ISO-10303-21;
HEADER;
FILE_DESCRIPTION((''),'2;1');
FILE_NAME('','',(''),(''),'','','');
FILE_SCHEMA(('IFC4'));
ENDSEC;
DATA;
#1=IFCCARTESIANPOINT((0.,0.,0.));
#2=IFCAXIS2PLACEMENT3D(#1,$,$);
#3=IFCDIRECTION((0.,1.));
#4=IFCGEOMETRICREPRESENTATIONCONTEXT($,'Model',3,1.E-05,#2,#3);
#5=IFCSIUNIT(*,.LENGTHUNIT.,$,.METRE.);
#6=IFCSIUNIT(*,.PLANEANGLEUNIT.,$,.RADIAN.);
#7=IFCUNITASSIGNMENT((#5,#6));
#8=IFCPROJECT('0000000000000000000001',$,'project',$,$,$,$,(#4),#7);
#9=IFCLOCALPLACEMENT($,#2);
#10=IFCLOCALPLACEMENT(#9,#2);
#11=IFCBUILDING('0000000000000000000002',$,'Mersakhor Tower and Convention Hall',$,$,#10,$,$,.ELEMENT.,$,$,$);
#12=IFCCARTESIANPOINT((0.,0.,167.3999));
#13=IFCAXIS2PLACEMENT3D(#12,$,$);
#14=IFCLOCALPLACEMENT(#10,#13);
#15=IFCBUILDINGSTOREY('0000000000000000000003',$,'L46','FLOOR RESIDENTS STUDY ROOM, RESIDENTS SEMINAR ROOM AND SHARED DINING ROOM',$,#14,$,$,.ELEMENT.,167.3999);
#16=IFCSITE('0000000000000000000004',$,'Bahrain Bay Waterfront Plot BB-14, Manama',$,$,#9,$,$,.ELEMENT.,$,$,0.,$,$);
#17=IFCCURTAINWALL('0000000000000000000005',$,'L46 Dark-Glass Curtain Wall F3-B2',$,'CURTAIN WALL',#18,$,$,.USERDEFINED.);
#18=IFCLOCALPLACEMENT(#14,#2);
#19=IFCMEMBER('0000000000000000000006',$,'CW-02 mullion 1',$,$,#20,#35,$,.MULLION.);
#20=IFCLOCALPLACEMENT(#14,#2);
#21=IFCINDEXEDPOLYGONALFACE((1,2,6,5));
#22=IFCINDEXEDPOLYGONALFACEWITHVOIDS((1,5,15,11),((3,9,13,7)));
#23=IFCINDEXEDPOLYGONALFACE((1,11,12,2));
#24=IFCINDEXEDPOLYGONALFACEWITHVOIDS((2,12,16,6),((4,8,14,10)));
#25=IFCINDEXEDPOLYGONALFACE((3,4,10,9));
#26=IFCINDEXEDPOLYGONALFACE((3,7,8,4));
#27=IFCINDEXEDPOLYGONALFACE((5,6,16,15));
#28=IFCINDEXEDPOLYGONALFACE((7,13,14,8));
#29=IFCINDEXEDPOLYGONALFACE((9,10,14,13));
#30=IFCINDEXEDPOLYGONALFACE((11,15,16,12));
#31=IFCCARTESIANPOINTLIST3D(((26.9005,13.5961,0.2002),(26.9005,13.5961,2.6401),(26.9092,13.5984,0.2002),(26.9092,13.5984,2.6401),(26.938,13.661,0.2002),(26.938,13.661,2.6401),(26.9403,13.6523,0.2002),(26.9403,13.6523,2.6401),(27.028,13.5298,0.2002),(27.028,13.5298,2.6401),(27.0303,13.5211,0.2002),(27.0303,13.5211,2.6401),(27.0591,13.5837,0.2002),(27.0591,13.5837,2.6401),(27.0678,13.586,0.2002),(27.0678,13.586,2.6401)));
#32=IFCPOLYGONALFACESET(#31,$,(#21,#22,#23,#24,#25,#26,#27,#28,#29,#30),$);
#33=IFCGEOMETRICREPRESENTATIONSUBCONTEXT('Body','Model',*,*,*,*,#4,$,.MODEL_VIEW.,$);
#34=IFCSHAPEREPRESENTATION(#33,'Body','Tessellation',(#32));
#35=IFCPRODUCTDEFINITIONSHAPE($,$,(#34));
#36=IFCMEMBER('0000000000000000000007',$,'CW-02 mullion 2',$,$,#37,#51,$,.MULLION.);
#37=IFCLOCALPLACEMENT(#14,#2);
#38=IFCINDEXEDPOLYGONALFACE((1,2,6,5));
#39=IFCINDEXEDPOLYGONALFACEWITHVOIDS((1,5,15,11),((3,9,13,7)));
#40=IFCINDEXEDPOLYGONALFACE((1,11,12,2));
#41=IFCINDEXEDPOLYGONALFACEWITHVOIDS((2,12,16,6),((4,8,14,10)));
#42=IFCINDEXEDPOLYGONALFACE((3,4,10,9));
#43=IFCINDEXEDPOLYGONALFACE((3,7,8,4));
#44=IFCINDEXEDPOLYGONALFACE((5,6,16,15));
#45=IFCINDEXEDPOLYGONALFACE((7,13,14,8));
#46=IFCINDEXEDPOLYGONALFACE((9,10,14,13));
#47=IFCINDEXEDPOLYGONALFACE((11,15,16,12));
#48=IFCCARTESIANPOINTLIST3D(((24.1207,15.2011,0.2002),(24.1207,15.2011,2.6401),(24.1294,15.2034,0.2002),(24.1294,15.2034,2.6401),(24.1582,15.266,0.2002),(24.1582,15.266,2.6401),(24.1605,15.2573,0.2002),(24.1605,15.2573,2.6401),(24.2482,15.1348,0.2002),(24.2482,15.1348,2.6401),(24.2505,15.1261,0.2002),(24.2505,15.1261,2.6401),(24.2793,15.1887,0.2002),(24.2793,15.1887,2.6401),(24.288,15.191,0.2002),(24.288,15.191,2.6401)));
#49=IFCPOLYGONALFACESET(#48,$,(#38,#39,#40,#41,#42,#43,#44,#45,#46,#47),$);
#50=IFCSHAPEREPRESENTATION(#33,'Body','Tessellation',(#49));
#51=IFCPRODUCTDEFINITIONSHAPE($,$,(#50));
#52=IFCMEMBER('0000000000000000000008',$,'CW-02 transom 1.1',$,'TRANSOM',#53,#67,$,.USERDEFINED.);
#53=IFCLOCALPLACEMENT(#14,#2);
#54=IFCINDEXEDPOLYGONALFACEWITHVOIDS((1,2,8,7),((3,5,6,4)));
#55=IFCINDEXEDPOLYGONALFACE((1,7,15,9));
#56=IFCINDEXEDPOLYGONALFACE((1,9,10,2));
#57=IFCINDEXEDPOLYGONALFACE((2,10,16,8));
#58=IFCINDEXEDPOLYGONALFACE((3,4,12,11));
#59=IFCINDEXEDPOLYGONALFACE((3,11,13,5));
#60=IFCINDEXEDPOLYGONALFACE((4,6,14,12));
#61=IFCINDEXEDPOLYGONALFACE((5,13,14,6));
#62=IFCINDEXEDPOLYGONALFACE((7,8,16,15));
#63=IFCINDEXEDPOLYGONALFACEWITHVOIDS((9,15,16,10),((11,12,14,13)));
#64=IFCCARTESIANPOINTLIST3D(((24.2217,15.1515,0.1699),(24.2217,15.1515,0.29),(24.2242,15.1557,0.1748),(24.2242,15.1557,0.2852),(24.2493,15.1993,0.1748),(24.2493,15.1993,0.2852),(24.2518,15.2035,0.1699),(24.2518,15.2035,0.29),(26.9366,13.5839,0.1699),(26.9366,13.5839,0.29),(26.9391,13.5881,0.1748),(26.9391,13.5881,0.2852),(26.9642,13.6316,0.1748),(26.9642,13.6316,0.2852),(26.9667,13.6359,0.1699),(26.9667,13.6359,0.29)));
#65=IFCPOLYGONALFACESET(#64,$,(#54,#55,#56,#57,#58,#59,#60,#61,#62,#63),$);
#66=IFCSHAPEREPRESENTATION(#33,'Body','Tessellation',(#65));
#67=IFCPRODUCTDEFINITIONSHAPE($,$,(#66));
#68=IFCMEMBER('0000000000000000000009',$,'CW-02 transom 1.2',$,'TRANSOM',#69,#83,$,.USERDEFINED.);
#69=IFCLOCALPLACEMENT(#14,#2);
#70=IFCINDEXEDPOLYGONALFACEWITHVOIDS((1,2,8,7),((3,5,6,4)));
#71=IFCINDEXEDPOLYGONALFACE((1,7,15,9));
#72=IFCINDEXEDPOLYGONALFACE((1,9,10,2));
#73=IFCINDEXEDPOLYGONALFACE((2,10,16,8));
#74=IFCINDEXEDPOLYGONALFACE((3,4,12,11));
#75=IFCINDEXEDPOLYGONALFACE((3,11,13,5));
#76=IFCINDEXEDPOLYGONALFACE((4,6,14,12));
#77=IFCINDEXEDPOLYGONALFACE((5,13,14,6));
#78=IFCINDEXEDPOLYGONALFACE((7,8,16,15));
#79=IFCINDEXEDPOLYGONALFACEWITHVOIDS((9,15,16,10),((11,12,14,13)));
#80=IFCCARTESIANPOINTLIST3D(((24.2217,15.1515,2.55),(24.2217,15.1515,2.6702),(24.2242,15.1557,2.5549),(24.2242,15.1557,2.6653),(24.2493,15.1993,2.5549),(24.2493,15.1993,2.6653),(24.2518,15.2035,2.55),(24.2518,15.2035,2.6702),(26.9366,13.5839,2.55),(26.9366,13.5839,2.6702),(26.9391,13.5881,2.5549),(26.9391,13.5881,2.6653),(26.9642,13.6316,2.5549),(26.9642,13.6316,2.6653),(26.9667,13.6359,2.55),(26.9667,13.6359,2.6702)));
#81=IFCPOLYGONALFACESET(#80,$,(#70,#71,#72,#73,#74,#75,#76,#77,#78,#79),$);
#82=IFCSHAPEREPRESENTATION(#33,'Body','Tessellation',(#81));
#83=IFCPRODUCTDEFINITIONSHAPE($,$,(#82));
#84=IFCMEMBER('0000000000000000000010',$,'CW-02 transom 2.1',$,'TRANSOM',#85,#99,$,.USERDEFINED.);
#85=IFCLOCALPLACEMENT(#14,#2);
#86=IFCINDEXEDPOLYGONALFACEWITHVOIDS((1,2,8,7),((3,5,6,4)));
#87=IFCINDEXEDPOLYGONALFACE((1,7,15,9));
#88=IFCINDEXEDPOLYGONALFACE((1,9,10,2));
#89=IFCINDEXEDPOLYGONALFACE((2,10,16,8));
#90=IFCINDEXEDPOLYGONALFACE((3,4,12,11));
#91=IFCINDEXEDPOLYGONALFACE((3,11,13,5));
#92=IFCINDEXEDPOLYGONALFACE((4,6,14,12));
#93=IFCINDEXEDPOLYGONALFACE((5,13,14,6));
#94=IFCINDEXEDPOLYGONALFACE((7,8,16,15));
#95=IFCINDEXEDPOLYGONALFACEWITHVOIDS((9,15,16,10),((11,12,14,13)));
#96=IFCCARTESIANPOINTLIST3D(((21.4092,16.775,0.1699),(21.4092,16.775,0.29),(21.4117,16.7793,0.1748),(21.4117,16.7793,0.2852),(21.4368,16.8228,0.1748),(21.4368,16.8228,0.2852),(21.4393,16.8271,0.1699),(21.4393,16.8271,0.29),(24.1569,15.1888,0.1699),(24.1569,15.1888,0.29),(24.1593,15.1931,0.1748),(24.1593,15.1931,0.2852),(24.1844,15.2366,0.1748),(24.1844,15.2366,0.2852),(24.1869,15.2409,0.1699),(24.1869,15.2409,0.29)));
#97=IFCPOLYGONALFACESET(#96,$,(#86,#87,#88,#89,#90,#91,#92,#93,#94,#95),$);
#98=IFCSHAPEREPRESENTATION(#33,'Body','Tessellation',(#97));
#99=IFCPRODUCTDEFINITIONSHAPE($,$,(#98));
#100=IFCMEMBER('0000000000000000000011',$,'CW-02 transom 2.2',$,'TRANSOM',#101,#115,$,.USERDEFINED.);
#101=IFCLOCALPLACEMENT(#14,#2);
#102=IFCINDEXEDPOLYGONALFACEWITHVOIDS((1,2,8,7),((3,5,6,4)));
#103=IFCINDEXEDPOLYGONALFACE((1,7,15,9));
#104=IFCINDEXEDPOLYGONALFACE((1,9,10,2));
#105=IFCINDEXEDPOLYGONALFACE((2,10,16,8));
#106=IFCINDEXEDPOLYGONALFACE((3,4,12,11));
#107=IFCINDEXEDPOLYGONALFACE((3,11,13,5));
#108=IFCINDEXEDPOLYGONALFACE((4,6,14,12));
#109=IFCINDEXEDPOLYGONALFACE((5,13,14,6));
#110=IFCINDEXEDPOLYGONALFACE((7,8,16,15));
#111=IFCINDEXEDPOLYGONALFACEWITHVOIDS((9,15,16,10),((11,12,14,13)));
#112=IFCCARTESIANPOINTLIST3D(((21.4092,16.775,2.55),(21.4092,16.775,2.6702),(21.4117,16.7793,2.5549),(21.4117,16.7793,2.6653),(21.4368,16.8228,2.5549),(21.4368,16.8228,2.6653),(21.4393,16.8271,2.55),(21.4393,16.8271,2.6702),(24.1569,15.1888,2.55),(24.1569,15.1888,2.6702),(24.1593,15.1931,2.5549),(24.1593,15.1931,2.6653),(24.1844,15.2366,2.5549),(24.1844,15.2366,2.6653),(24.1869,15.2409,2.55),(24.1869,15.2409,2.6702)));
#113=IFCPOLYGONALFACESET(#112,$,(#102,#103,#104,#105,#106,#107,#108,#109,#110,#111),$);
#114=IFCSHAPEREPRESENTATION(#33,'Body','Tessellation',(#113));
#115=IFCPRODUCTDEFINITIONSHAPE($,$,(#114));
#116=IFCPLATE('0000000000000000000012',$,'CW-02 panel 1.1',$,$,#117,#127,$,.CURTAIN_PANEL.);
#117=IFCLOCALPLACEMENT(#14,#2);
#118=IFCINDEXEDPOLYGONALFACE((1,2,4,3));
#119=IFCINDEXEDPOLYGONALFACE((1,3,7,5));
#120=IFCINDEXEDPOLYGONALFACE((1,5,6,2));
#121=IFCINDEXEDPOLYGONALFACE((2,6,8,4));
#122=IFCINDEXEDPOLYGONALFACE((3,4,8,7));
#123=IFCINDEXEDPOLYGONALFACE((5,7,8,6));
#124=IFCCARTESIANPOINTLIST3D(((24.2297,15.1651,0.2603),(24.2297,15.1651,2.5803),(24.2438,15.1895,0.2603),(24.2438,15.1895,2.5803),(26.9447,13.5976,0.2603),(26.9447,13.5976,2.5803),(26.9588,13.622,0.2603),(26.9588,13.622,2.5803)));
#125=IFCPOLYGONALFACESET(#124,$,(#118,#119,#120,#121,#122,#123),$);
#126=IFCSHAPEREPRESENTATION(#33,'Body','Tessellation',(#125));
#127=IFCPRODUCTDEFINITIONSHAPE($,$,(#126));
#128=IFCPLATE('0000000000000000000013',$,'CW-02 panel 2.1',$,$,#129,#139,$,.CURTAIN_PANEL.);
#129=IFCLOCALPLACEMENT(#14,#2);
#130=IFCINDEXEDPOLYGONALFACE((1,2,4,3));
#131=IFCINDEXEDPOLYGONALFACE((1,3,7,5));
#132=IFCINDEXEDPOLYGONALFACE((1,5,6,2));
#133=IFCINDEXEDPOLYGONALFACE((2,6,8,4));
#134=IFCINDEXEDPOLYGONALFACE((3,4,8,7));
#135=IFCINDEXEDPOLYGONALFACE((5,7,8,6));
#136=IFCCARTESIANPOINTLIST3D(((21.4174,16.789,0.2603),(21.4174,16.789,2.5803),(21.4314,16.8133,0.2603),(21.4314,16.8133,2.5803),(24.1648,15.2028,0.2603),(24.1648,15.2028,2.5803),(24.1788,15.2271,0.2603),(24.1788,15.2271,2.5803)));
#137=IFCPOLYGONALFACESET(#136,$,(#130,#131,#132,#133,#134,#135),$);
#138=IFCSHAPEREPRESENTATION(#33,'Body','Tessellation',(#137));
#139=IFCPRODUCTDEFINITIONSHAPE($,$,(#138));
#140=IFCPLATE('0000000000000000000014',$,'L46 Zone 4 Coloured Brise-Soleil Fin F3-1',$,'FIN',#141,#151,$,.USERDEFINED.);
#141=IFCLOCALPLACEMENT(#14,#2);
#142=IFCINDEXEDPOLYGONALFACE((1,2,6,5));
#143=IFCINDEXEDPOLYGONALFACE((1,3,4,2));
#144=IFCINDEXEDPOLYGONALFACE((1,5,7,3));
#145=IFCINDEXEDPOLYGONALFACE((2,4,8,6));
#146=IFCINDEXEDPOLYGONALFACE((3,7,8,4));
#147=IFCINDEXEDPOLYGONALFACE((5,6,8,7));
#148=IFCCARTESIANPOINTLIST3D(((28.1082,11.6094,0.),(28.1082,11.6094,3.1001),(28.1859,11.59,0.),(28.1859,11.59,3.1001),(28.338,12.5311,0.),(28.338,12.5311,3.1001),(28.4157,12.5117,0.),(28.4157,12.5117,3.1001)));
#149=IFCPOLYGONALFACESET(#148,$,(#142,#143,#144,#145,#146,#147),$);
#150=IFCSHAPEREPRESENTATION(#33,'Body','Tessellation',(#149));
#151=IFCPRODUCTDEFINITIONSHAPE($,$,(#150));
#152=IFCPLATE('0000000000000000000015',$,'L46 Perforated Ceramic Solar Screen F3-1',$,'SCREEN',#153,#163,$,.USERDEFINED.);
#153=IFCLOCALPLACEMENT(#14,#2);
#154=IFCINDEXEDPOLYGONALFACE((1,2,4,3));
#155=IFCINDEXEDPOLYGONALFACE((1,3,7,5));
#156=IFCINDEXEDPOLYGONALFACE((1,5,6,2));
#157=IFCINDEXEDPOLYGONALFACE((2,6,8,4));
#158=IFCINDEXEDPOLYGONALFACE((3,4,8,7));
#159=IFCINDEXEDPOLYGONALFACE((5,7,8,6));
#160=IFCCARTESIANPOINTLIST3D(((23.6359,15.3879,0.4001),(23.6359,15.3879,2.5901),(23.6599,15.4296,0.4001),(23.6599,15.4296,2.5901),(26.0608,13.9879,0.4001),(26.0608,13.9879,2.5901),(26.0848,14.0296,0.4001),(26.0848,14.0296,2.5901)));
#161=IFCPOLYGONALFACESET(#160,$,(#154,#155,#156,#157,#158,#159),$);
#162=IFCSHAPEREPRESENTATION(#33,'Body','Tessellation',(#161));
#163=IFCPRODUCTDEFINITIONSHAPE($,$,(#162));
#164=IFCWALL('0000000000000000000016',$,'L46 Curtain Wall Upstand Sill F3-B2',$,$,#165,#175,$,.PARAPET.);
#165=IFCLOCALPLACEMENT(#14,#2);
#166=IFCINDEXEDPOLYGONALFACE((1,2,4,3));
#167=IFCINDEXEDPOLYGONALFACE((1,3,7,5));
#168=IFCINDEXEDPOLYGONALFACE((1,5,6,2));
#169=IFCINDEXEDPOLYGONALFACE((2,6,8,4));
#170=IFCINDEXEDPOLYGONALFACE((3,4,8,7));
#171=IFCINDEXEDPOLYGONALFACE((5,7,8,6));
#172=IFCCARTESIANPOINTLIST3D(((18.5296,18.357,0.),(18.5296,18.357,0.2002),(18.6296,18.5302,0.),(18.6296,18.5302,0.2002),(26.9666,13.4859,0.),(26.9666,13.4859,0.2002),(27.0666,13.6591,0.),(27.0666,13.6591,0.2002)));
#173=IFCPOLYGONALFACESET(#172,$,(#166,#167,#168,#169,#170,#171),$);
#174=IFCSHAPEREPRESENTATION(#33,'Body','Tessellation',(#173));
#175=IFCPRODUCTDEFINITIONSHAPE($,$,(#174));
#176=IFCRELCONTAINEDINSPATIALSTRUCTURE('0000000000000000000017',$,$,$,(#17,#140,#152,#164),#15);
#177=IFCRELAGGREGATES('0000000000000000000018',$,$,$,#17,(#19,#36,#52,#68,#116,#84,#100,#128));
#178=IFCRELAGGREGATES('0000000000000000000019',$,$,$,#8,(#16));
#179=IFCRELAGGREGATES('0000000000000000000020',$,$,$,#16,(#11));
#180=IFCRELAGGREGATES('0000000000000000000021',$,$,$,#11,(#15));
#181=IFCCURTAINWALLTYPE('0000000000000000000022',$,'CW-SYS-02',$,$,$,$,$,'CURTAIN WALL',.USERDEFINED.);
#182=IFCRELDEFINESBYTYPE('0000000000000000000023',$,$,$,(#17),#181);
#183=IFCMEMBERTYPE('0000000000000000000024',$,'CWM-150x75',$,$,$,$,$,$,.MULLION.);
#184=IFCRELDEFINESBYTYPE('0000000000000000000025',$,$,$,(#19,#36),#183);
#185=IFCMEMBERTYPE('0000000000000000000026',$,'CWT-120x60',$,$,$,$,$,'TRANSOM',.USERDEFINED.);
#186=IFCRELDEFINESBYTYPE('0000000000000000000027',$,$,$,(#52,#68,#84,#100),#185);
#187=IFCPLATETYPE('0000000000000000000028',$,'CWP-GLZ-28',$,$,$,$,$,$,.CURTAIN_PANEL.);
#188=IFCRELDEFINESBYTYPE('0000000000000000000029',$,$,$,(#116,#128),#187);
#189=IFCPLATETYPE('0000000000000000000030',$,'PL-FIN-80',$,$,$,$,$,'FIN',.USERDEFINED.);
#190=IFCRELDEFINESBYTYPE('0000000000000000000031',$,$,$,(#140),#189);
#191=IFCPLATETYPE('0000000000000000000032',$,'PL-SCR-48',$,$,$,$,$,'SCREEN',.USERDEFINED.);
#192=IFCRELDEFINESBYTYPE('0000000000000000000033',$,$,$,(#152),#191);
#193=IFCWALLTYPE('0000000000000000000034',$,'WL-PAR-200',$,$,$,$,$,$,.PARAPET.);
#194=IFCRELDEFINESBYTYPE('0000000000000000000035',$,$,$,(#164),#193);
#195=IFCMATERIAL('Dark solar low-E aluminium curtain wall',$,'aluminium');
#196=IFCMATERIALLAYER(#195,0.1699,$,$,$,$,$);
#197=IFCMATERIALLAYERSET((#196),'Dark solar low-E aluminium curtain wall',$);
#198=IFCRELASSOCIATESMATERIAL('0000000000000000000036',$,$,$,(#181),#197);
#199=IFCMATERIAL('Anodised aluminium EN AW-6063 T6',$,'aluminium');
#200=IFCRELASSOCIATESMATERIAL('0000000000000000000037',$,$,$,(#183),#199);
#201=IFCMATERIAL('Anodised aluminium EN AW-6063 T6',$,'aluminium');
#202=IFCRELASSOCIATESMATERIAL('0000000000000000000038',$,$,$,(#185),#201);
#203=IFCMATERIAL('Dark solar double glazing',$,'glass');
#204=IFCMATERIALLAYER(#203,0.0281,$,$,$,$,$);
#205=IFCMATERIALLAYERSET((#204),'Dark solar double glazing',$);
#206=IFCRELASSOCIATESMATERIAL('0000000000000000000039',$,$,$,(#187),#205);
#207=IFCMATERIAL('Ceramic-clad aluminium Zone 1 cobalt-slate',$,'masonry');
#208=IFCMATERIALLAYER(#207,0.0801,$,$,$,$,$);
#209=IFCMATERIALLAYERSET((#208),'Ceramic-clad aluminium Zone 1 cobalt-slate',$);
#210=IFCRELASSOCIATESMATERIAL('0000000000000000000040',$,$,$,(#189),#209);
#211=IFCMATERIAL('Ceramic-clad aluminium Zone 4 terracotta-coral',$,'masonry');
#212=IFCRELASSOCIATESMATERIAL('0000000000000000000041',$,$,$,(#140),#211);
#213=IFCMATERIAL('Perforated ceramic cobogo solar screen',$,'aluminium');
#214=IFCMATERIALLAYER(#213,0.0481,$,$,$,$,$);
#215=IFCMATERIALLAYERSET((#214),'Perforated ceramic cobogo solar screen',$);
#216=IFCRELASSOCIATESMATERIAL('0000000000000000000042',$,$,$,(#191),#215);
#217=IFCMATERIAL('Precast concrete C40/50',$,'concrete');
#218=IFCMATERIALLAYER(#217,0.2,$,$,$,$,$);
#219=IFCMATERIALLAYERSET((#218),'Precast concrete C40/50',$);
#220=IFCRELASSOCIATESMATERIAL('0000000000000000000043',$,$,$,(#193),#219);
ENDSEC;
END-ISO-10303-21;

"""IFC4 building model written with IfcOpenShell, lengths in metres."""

from ifc_helpers import new_model, si_unit, direction, frame, frame_2d, origin, origin_2d, place, context, subcontext, project, spatial, rectangle, hollow_rectangle, extrude, material, layer, layer_set, material_profile, profile_set, type_object, element, aggregate, save


model = new_model("IFC4")

# Units and contexts
model_context = context("Model", 3, precision=1e-05, world=origin(), true_north=direction((0.0, 1.0)))
body_context = subcontext(model_context, "Body", "Model", "MODEL_VIEW")
ifc_project = project(units=[si_unit("LENGTHUNIT", "METRE"), si_unit("PLANEANGLEUNIT", "RADIAN")], contexts=[model_context])

# Site, building, storey
site_placement = place(None, origin())
site = spatial("IfcSite", under=ifc_project, at=site_placement, Name="Bahrain Bay Waterfront Plot BB-14, Manama", CompositionType="ELEMENT", RefElevation=0.0)
building_placement = place(site_placement, origin())
building = spatial("IfcBuilding", under=site, at=building_placement, Name="Mersakhor Tower and Convention Hall", CompositionType="ELEMENT")
storey_placement = place(building_placement, frame((0.0, 0.0, 167.3999)))
storey = spatial("IfcBuildingStorey", under=building, at=storey_placement, Name="L46", Description="FLOOR RESIDENTS STUDY ROOM, RESIDENTS SEMINAR ROOM AND SHARED DINING ROOM", CompositionType="ELEMENT", Elevation=167.3999)

# Curtain wall, members, plates
ifc_material_1 = material(Name="Dark solar low-E aluminium curtain wall", Category="aluminium")
ifc_layer_1 = layer(ifc_material_1, 0.1699)
ifc_layer_set_1 = layer_set([ifc_layer_1], Name="Dark solar low-E aluminium curtain wall")
curtain_wall_type = type_object("IfcCurtainWallType", Name="CW-SYS-02", ElementType="CURTAIN WALL", PredefinedType="USERDEFINED", material=ifc_layer_set_1)
curtain_wall_placement = place(storey_placement, origin())
curtain_wall = element("IfcCurtainWall", 1, at=curtain_wall_placement, inside=storey, type_object=curtain_wall_type, Name="L46 Dark-Glass Curtain Wall F3-B2", ObjectType="CURTAIN WALL", PredefinedType="USERDEFINED")
ifc_material_2 = material(Name="Anodised aluminium EN AW-6063 T6", Category="aluminium")
ifc_material_profile_1 = material_profile(ifc_material_2, hollow_rectangle(XDim=0.075, YDim=0.1499, WallThickness=0.0063, at=origin_2d()), Name="RHS 150x75x6.3")
ifc_profile_set_1 = profile_set([ifc_material_profile_1], Name="Anodised aluminium EN AW-6063 T6")
member_type_1 = type_object("IfcMemberType", Name="CWM-150x75", PredefinedType="MULLION", material=ifc_profile_set_1)
member_1_placement = place(storey_placement, frame((26.9841, 13.5911, 0.2002), z_axis=(0.0, 0.0, 1.0), x_axis=(-0.499998, -0.866026, 0.0)))
member_1 = element("IfcMember", 2, at=member_1_placement, type_object=member_type_1, Name="CW-02 mullion 1", PredefinedType="MULLION", context=body_context, shape_type="SweptSolid", body=[
    extrude(hollow_rectangle(XDim=0.075, YDim=0.1499, WallThickness=0.0063, at=origin_2d()), origin(), (0.0, 0.0, 1.0), 2.4399),
])
member_2_placement = place(storey_placement, frame((24.2043, 15.196, 0.2002), z_axis=(0.0, 0.0, 1.0), x_axis=(-0.499998, -0.866026, 0.0)))
member_2 = element("IfcMember", 3, at=member_2_placement, type_object=member_type_1, Name="CW-02 mullion 2", PredefinedType="MULLION", context=body_context, shape_type="SweptSolid", body=[
    extrude(hollow_rectangle(XDim=0.075, YDim=0.1499, WallThickness=0.0063, at=origin_2d()), origin(), (0.0, 0.0, 1.0), 2.4399),
])
ifc_material_3 = material(Name="Anodised aluminium EN AW-6063 T6", Category="aluminium")
ifc_material_profile_2 = material_profile(ifc_material_3, hollow_rectangle(XDim=0.0601, YDim=0.1201, WallThickness=0.0049, at=origin_2d()), Name="RHS 120x60x5")
ifc_profile_set_2 = profile_set([ifc_material_profile_2], Name="Anodised aluminium EN AW-6063 T6")
member_type_2 = type_object("IfcMemberType", Name="CWT-120x60", ElementType="TRANSOM", PredefinedType="USERDEFINED", material=ifc_profile_set_2)
member_3_placement = place(storey_placement, frame((26.9517, 13.6099, 0.23), z_axis=(-0.865996, 0.500051, 0.0), x_axis=(-0.500051, -0.865996, 0.0)))
member_3 = element("IfcMember", 4, at=member_3_placement, type_object=member_type_2, Name="CW-02 transom 1.1", ObjectType="TRANSOM", PredefinedType="USERDEFINED", context=body_context, shape_type="SweptSolid", body=[
    extrude(hollow_rectangle(XDim=0.0601, YDim=0.1201, WallThickness=0.0049, at=origin_2d()), origin(), (0.0, 0.0, 1.0), 3.135),
])
member_4_placement = place(storey_placement, frame((26.9517, 13.6099, 2.6101), z_axis=(-0.865996, 0.500051, 0.0), x_axis=(-0.500051, -0.865996, 0.0)))
member_4 = element("IfcMember", 5, at=member_4_placement, type_object=member_type_2, Name="CW-02 transom 1.2", ObjectType="TRANSOM", PredefinedType="USERDEFINED", context=body_context, shape_type="SweptSolid", body=[
    extrude(hollow_rectangle(XDim=0.0601, YDim=0.1201, WallThickness=0.0049, at=origin_2d()), origin(), (0.0, 0.0, 1.0), 3.135),
])
member_5_placement = place(storey_placement, frame((24.1719, 15.2148, 0.23), z_axis=(-0.866042, 0.499971, 0.0), x_axis=(-0.499971, -0.866042, 0.0)))
member_5 = element("IfcMember", 6, at=member_5_placement, type_object=member_type_2, Name="CW-02 transom 2.1", ObjectType="TRANSOM", PredefinedType="USERDEFINED", context=body_context, shape_type="SweptSolid", body=[
    extrude(hollow_rectangle(XDim=0.0601, YDim=0.1201, WallThickness=0.0049, at=origin_2d()), origin(), (0.0, 0.0, 1.0), 3.1726),
])
member_6_placement = place(storey_placement, frame((24.1719, 15.2148, 2.6101), z_axis=(-0.866042, 0.499971, 0.0), x_axis=(-0.499971, -0.866042, 0.0)))
member_6 = element("IfcMember", 7, at=member_6_placement, type_object=member_type_2, Name="CW-02 transom 2.2", ObjectType="TRANSOM", PredefinedType="USERDEFINED", context=body_context, shape_type="SweptSolid", body=[
    extrude(hollow_rectangle(XDim=0.0601, YDim=0.1201, WallThickness=0.0049, at=origin_2d()), origin(), (0.0, 0.0, 1.0), 3.1726),
])
ifc_material_4 = material(Name="Dark solar double glazing", Category="glass")
ifc_layer_2 = layer(ifc_material_4, 0.0281)
ifc_layer_set_2 = layer_set([ifc_layer_2], Name="Dark solar double glazing")
plate_type_1 = type_object("IfcPlateType", Name="CWP-GLZ-28", PredefinedType="CURTAIN_PANEL", material=ifc_layer_set_2)
plate_1_placement = place(storey_placement, frame((25.5942, 14.3936, 0.2603), z_axis=(0.0, 0.0, 1.0), x_axis=(-0.866026, 0.499998, 0.0)))
plate_1 = element("IfcPlate", 8, at=plate_1_placement, type_object=plate_type_1, Name="CW-02 panel 1.1", PredefinedType="CURTAIN_PANEL", context=body_context, shape_type="SweptSolid", body=[
    extrude(rectangle(XDim=3.135, YDim=0.0281, at=origin_2d()), origin(), (0.0, 0.0, 1.0), 2.3201),
])
plate_2_placement = place(storey_placement, frame((22.7981, 16.0081, 0.2603), z_axis=(0.0, 0.0, 1.0), x_axis=(-0.866026, 0.499998, 0.0)))
plate_2 = element("IfcPlate", 9, at=plate_2_placement, type_object=plate_type_1, Name="CW-02 panel 2.1", PredefinedType="CURTAIN_PANEL", context=body_context, shape_type="SweptSolid", body=[
    extrude(rectangle(XDim=3.1724, YDim=0.0281, at=origin_2d()), origin(), (0.0, 0.0, 1.0), 2.3201),
])
aggregate(curtain_wall, [member_1, member_2, member_3, member_4, plate_1, member_5, member_6, plate_2])

# Plates
ifc_material_5 = material(Name="Ceramic-clad aluminium Zone 4 terracotta-coral", Category="masonry")
ifc_material_6 = material(Name="Ceramic-clad aluminium Zone 1 cobalt-slate", Category="masonry")
ifc_layer_3 = layer(ifc_material_6, 0.0801)
ifc_layer_set_3 = layer_set([ifc_layer_3], Name="Ceramic-clad aluminium Zone 1 cobalt-slate")
plate_type_2 = type_object("IfcPlateType", Name="PL-FIN-80", ElementType="FIN", PredefinedType="USERDEFINED", material=ifc_layer_set_3)
plate_3_placement = place(storey_placement, frame((28.262, 12.0605, 0.0), z_axis=(0.0, 0.0, 1.0), x_axis=(-0.241922, -0.970296, 0.0)))
element("IfcPlate", 10, at=plate_3_placement, inside=storey, type_object=plate_type_2, material=ifc_material_5, Name="L46 Zone 4 Coloured Brise-Soleil Fin F3-1", ObjectType="FIN", PredefinedType="USERDEFINED", context=body_context, shape_type="SweptSolid", body=[
    extrude(rectangle(XDim=0.95, YDim=0.0801, at=origin_2d()), origin(), (0.0, 0.0, 1.0), 3.1001),
])
ifc_material_7 = material(Name="Perforated ceramic cobogo solar screen", Category="aluminium")
ifc_layer_4 = layer(ifc_material_7, 0.0481)
ifc_layer_set_4 = layer_set([ifc_layer_4], Name="Perforated ceramic cobogo solar screen")
plate_type_3 = type_object("IfcPlateType", Name="PL-SCR-48", ElementType="SCREEN", PredefinedType="USERDEFINED", material=ifc_layer_set_4)
plate_4_placement = place(storey_placement, frame((24.8604, 14.7087, 0.4001), z_axis=(0.0, 0.0, 1.0), x_axis=(-0.866025, 0.5, 0.0)))
element("IfcPlate", 11, at=plate_4_placement, inside=storey, type_object=plate_type_3, Name="L46 Perforated Ceramic Solar Screen F3-1", ObjectType="SCREEN", PredefinedType="USERDEFINED", context=body_context, shape_type="SweptSolid", body=[
    extrude(rectangle(XDim=2.8, YDim=0.0481, at=origin_2d()), origin(), (0.0, 0.0, 1.0), 2.1899),
])

# Wall
ifc_material_8 = material(Name="Precast concrete C40/50", Category="concrete")
ifc_layer_5 = layer(ifc_material_8, 0.2)
ifc_layer_set_5 = layer_set([ifc_layer_5], Name="Precast concrete C40/50")
wall_type_1 = type_object("IfcWallType", Name="WL-PAR-200", PredefinedType="PARAPET", material=ifc_layer_set_5)
wall_1_placement = place(storey_placement, frame((27.0166, 13.5725, 0.0), z_axis=(0.0, 0.0, 1.0), x_axis=(-0.866026, 0.499999, 0.0)))
element("IfcWall", 12, at=wall_1_placement, inside=storey, type_object=wall_type_1, Name="L46 Curtain Wall Upstand Sill F3-B2", PredefinedType="PARAPET", context=body_context, shape_type="SweptSolid", body=[
    extrude(rectangle(XDim=9.7422, YDim=0.2, at=frame_2d((4.8711, 0.0))), origin(), (0.0, 0.0, 1.0), 0.2002),
])

save(model, "model.ifc")
